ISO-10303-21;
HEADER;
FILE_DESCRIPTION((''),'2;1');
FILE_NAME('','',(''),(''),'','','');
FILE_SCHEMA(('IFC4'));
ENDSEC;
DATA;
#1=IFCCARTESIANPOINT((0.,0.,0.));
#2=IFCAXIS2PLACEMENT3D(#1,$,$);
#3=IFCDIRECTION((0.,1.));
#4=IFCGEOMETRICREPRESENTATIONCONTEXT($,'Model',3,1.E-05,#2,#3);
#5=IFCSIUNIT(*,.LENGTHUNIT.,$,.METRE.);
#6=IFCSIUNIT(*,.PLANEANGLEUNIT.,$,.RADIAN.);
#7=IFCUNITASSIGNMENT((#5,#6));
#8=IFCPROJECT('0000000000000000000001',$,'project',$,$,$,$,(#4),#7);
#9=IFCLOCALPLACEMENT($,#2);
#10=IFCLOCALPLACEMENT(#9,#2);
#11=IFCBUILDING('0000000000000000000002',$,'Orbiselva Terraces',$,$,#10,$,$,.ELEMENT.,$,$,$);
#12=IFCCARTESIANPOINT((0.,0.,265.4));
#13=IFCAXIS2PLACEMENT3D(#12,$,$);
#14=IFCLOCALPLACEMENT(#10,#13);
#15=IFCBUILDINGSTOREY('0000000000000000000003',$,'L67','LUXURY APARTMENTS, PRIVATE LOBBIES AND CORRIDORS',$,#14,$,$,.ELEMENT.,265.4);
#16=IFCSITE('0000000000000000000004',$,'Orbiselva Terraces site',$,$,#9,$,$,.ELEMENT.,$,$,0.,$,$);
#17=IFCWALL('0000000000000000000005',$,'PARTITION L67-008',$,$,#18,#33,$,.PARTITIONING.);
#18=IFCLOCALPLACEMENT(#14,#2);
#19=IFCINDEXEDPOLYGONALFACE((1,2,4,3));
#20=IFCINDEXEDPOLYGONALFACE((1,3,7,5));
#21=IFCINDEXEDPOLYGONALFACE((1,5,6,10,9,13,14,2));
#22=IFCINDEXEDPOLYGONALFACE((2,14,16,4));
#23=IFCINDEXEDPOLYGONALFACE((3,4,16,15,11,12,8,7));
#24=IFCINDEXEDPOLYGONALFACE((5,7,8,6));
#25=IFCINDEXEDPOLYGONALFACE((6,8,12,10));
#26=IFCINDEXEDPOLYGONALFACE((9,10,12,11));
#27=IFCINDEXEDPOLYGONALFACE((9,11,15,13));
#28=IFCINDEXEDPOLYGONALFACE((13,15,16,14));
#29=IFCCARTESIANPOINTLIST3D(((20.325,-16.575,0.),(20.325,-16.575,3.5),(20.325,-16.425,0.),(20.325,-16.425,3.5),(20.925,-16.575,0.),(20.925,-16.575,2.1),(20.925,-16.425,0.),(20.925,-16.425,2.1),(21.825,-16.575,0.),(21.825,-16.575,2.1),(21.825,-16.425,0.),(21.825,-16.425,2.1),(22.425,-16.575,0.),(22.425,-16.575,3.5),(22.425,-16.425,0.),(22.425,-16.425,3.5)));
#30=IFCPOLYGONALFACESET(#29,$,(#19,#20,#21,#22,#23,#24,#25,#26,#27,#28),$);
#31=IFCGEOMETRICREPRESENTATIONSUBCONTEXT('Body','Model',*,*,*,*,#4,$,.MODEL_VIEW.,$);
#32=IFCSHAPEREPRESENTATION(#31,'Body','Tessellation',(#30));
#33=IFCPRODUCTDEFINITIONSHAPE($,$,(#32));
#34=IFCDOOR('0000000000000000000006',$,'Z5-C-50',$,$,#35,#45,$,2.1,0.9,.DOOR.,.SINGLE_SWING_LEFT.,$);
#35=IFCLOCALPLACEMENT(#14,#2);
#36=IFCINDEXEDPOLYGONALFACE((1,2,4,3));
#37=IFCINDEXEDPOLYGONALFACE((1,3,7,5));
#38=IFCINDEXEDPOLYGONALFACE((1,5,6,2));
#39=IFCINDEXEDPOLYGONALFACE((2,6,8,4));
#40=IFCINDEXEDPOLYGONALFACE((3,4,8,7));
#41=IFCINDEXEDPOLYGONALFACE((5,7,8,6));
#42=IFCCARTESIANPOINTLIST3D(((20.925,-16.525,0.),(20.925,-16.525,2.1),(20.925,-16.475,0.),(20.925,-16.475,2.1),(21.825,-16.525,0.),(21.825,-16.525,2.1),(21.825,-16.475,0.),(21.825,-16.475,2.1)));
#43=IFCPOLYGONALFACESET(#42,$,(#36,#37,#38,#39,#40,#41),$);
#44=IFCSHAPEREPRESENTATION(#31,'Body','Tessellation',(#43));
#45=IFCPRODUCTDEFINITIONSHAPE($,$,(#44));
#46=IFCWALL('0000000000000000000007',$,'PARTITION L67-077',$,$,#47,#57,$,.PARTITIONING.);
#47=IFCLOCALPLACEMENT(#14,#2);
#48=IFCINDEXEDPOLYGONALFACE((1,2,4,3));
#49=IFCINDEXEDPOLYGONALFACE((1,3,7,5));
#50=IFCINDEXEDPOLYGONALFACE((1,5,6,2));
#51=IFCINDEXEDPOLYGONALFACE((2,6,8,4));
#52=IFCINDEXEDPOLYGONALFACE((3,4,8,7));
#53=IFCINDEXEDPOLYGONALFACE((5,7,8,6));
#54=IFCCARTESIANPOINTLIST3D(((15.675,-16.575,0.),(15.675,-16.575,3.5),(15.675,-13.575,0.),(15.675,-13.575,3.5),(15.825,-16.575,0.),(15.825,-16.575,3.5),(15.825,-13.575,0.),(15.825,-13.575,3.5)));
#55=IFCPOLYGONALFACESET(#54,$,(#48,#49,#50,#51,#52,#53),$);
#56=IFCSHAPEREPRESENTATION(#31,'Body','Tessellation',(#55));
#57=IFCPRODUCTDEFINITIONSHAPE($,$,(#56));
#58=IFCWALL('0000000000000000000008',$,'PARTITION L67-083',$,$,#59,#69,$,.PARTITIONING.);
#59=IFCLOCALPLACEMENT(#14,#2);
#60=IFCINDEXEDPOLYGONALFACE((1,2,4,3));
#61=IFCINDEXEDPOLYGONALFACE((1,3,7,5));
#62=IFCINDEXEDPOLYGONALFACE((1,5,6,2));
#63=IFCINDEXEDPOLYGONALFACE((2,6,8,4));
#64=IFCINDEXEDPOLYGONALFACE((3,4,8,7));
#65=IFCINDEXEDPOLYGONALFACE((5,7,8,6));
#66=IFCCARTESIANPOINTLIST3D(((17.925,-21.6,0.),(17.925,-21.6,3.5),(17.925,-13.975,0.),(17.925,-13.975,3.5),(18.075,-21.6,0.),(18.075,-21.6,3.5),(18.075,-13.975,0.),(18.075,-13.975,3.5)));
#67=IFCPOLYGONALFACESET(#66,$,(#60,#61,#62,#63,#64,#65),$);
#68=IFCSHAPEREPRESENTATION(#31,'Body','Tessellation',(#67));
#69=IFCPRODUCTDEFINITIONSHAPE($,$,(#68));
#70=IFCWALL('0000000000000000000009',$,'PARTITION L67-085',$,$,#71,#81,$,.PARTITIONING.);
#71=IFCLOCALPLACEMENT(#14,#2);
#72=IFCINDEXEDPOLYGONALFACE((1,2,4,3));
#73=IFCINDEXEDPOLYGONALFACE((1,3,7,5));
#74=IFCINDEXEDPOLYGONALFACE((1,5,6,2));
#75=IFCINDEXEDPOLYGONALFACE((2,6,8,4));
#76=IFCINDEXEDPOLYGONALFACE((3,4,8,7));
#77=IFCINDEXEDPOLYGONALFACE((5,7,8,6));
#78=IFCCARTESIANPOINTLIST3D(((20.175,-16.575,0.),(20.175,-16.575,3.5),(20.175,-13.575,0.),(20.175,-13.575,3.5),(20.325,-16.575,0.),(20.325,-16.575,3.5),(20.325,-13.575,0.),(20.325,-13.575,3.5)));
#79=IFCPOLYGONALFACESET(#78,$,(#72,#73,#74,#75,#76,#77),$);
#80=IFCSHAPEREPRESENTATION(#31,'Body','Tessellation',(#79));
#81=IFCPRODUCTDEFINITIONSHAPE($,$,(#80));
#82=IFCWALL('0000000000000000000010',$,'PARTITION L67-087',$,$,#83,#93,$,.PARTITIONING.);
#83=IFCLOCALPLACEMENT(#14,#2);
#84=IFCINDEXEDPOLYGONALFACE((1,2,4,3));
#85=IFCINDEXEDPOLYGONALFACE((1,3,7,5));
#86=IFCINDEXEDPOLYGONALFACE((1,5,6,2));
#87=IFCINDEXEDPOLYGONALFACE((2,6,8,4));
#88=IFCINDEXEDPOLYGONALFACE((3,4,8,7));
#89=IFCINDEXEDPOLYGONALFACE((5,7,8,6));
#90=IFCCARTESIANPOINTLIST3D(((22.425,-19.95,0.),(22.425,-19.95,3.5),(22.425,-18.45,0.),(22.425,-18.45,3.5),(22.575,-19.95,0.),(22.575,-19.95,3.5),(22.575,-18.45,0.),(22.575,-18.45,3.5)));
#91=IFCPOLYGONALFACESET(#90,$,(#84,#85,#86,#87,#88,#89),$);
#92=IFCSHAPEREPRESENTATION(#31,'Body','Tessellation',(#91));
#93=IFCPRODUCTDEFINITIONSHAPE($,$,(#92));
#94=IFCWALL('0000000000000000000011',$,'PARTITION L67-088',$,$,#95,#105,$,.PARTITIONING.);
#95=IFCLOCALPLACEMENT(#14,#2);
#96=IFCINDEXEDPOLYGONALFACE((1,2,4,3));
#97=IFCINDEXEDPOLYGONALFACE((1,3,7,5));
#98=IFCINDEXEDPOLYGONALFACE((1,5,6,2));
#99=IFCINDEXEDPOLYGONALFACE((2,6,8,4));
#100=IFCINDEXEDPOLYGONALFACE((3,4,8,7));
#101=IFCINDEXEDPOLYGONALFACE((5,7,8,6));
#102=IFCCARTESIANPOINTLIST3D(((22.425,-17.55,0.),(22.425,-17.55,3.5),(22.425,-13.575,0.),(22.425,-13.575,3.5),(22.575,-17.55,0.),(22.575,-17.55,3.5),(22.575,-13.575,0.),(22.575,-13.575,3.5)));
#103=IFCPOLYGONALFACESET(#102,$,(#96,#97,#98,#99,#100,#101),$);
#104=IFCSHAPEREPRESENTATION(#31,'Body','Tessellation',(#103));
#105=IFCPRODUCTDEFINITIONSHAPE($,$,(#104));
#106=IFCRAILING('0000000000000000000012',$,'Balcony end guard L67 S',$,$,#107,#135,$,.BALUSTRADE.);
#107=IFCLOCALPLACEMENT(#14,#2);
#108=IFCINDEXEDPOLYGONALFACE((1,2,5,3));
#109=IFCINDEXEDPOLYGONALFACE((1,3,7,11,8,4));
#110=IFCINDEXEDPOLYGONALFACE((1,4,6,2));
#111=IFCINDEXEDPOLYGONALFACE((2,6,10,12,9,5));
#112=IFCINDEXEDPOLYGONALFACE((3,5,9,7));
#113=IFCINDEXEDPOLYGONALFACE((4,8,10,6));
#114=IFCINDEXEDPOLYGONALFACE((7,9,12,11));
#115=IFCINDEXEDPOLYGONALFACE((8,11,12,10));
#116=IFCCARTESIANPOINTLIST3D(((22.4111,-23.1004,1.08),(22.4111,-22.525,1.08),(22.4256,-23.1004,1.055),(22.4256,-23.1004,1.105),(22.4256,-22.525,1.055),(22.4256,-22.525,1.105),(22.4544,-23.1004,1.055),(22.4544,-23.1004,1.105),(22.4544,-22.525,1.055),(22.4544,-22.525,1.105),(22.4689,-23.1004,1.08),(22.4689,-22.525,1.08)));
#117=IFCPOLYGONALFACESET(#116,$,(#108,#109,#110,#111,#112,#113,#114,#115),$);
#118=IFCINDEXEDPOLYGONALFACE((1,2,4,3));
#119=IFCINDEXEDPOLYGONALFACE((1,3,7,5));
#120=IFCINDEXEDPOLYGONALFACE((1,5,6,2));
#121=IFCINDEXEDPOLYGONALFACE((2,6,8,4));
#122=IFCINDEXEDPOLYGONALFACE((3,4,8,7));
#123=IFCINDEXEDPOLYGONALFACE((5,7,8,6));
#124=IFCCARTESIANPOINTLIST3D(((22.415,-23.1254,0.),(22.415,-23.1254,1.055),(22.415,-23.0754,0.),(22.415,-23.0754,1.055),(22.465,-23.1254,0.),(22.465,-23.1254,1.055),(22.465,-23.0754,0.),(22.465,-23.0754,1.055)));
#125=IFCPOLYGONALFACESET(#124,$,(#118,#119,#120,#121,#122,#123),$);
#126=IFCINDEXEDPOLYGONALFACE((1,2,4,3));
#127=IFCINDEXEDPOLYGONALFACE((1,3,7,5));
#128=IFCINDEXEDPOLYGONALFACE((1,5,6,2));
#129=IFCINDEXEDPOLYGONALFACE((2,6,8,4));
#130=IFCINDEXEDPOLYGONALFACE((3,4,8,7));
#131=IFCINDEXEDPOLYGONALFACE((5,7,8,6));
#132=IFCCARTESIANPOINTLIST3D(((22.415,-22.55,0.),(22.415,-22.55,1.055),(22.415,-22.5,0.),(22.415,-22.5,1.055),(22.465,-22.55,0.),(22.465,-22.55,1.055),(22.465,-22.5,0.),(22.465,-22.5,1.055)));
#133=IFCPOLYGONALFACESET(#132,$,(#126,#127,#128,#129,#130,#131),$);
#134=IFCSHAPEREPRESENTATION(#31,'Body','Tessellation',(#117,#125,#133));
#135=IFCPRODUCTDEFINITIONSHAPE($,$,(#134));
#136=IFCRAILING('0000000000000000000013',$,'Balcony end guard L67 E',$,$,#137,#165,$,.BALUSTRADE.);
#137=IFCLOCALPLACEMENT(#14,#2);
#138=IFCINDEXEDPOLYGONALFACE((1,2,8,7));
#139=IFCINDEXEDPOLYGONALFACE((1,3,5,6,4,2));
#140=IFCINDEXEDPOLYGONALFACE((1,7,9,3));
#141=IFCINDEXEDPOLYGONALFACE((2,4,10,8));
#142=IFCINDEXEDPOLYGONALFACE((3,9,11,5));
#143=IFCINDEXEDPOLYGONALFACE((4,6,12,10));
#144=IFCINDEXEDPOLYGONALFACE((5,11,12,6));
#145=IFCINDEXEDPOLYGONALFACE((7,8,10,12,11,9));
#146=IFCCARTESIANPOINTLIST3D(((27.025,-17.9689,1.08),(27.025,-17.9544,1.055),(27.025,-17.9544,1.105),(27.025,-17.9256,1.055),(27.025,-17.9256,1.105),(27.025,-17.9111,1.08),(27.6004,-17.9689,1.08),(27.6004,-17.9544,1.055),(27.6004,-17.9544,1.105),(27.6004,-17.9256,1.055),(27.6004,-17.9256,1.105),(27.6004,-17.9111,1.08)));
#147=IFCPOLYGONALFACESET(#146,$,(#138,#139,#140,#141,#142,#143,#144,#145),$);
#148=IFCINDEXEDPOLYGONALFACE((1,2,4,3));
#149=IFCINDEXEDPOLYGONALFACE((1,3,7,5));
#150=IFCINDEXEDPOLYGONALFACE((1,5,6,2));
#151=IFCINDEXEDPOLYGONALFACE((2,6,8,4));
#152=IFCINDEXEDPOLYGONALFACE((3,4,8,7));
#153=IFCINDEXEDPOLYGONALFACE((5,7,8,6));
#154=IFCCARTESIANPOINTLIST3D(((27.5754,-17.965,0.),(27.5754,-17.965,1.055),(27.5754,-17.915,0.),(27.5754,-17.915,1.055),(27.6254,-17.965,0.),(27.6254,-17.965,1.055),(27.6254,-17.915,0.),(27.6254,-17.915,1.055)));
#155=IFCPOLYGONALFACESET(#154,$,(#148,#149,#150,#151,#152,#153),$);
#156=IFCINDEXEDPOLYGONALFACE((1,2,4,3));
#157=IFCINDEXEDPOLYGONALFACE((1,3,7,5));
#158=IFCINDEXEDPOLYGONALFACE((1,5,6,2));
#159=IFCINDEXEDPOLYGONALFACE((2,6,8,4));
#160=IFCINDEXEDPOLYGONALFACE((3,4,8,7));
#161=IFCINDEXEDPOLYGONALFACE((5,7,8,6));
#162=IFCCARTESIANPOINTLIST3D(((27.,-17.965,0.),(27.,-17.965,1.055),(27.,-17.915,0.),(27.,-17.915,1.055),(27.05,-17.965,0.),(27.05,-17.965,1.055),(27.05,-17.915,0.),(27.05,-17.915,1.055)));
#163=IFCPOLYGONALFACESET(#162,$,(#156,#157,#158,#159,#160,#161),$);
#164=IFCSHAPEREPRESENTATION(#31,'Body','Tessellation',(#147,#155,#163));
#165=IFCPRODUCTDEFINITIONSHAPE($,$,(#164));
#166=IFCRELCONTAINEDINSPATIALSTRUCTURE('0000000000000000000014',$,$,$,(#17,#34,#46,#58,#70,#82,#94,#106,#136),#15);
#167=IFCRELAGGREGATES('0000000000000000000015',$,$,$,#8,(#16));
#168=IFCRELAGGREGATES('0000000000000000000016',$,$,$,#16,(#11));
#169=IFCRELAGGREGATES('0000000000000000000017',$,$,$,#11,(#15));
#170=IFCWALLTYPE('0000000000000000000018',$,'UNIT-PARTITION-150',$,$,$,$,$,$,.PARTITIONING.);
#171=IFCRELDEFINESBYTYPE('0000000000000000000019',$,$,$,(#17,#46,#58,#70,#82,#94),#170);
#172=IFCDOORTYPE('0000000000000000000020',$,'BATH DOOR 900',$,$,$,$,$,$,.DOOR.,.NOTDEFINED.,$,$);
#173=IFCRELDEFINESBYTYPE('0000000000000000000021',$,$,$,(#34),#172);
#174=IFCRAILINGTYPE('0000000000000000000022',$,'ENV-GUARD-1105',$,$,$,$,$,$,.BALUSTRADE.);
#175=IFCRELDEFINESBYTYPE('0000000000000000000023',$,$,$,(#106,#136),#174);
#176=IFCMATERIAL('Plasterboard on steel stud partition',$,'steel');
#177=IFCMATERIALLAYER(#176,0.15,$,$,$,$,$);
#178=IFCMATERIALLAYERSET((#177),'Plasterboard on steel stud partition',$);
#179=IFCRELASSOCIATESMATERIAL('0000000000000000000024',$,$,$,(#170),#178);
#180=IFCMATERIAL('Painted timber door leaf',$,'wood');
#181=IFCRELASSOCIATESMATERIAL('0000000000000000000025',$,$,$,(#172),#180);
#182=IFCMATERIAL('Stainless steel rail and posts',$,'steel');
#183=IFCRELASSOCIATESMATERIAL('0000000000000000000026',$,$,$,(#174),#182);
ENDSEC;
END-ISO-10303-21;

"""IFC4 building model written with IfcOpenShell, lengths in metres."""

from ifc_helpers import new_model, si_unit, direction, frame, frame_2d, origin, origin_2d, place, context, subcontext, project, spatial, polyline, rectangle, outline, extrude, material, layer, layer_set, type_object, element, fill, save


model = new_model("IFC4")

# Units and contexts
model_context = context("Model", 3, precision=1e-05, world=origin(), true_north=direction((0.0, 1.0)))
body_context = subcontext(model_context, "Body", "Model", "MODEL_VIEW")
ifc_project = project(units=[si_unit("LENGTHUNIT", "METRE"), si_unit("PLANEANGLEUNIT", "RADIAN")], contexts=[model_context])

# Site, building, storey
site_placement = place(None, origin())
site = spatial("IfcSite", under=ifc_project, at=site_placement, Name="Orbiselva Terraces site", CompositionType="ELEMENT", RefElevation=0.0)
building_placement = place(site_placement, origin())
building = spatial("IfcBuilding", under=site, at=building_placement, Name="Orbiselva Terraces", CompositionType="ELEMENT")
storey_placement = place(building_placement, frame((0.0, 0.0, 265.4)))
storey = spatial("IfcBuildingStorey", under=building, at=storey_placement, Name="L67", Description="LUXURY APARTMENTS, PRIVATE LOBBIES AND CORRIDORS", CompositionType="ELEMENT", Elevation=265.4)

# Wall, opening, door
ifc_material_1 = material(Name="Plasterboard on steel stud partition", Category="steel")
ifc_layer_1 = layer(ifc_material_1, 0.15)
ifc_layer_set_1 = layer_set([ifc_layer_1], Name="Plasterboard on steel stud partition")
wall_type_1 = type_object("IfcWallType", Name="UNIT-PARTITION-150", PredefinedType="PARTITIONING", material=ifc_layer_set_1)
wall_1_placement = place(storey_placement, frame((20.325, -16.5, 0.0), z_axis=(0.0, 0.0, 1.0), x_axis=(1.0, 0.0, 0.0)))
wall_1 = element("IfcWall", 1, at=wall_1_placement, inside=storey, type_object=wall_type_1, Name="PARTITION L67-008", PredefinedType="PARTITIONING", context=body_context, shape_type="SweptSolid", body=[
    extrude(rectangle(XDim=2.1, YDim=0.15, at=frame_2d((1.05, 0.0))), origin(), (0.0, 0.0, 1.0), 3.5),
])
opening_1_placement = place(wall_1_placement, frame((0.6, 0.0, 0.0)))
opening_1 = element("IfcOpeningElement", 2, at=opening_1_placement, cuts=wall_1, PredefinedType="OPENING", context=body_context, shape_type="SweptSolid", body=[
    extrude(rectangle(XDim=0.9, YDim=2.1, at=frame_2d((0.45, 1.05))), frame((0.0, 0.085, 0.0), z_axis=(0.0, -1.0, 0.0), x_axis=(1.0, 0.0, 0.0)), (0.0, 0.0, 1.0), 0.17),
])
ifc_material_2 = material(Name="Painted timber door leaf", Category="wood")
door_type_1 = type_object("IfcDoorType", Name="BATH DOOR 900", OperationType="NOTDEFINED", PredefinedType="DOOR", material=ifc_material_2)
door_1_placement = place(opening_1_placement, origin())
door_1 = element("IfcDoor", 3, at=door_1_placement, inside=storey, type_object=door_type_1, Name="Z5-C-50", OperationType="SINGLE_SWING_LEFT", OverallHeight=2.1, OverallWidth=0.9, PredefinedType="DOOR", context=body_context, shape_type="SweptSolid", body=[
    extrude(rectangle(XDim=0.9, YDim=2.1, at=frame_2d((0.45, 1.05))), frame((0.0, 0.025, 0.0), z_axis=(0.0, -1.0, 0.0), x_axis=(1.0, 0.0, 0.0)), (0.0, 0.0, 1.0), 0.05),
])
fill(opening_1, door_1)

# Walls
wall_2_placement = place(storey_placement, frame((15.75, -16.575, 0.0), z_axis=(0.0, 0.0, 1.0), x_axis=(0.0, 1.0, 0.0)))
element("IfcWall", 4, at=wall_2_placement, inside=storey, type_object=wall_type_1, Name="PARTITION L67-077", PredefinedType="PARTITIONING", context=body_context, shape_type="SweptSolid", body=[
    extrude(rectangle(XDim=3.0, YDim=0.15, at=frame_2d((1.5, 0.0))), origin(), (0.0, 0.0, 1.0), 3.5),
])
wall_3_placement = place(storey_placement, frame((18.0, -21.6, 0.0), z_axis=(0.0, 0.0, 1.0), x_axis=(0.0, 1.0, 0.0)))
element("IfcWall", 5, at=wall_3_placement, inside=storey, type_object=wall_type_1, Name="PARTITION L67-083", PredefinedType="PARTITIONING", context=body_context, shape_type="SweptSolid", body=[
    extrude(rectangle(XDim=7.625, YDim=0.15, at=frame_2d((3.8125, 0.0))), origin(), (0.0, 0.0, 1.0), 3.5),
])
wall_4_placement = place(storey_placement, frame((20.25, -16.575, 0.0), z_axis=(0.0, 0.0, 1.0), x_axis=(0.0, 1.0, 0.0)))
element("IfcWall", 6, at=wall_4_placement, inside=storey, type_object=wall_type_1, Name="PARTITION L67-085", PredefinedType="PARTITIONING", context=body_context, shape_type="SweptSolid", body=[
    extrude(rectangle(XDim=3.0, YDim=0.15, at=frame_2d((1.5, 0.0))), origin(), (0.0, 0.0, 1.0), 3.5),
])
wall_5_placement = place(storey_placement, frame((22.5, -19.95, 0.0), z_axis=(0.0, 0.0, 1.0), x_axis=(0.0, 1.0, 0.0)))
element("IfcWall", 7, at=wall_5_placement, inside=storey, type_object=wall_type_1, Name="PARTITION L67-087", PredefinedType="PARTITIONING", context=body_context, shape_type="SweptSolid", body=[
    extrude(rectangle(XDim=1.5, YDim=0.15, at=frame_2d((0.75, 0.0))), origin(), (0.0, 0.0, 1.0), 3.5),
])
wall_6_placement = place(storey_placement, frame((22.5, -17.55, 0.0), z_axis=(0.0, 0.0, 1.0), x_axis=(0.0, 1.0, 0.0)))
element("IfcWall", 8, at=wall_6_placement, inside=storey, type_object=wall_type_1, Name="PARTITION L67-088", PredefinedType="PARTITIONING", context=body_context, shape_type="SweptSolid", body=[
    extrude(rectangle(XDim=3.975, YDim=0.15, at=frame_2d((1.9875, 0.0))), origin(), (0.0, 0.0, 1.0), 3.5),
])

# Railings
ifc_material_3 = material(Name="Stainless steel rail and posts", Category="steel")
railing_type_1 = type_object("IfcRailingType", Name="ENV-GUARD-1105", PredefinedType="BALUSTRADE", material=ifc_material_3)
railing_1_placement = place(storey_placement, frame((22.44, -23.1004, 0.0)))
element("IfcRailing", 9, at=railing_1_placement, inside=storey, type_object=railing_type_1, Name="Balcony end guard L67 S", PredefinedType="BALUSTRADE", context=body_context, shape_type="SweptSolid", body=[
    extrude(outline(polyline([(0.0289, 0.0), (0.0144, 0.025), (-0.0144, 0.025), (-0.0289, 0.0), (-0.0144, -0.025), (0.0144, -0.025), (0.0289, 0.0)])), frame((0.0, 0.0, 1.08), z_axis=(0.0, 1.0, 0.0), x_axis=(-1.0, 0.0, 0.0)), (0.0, 0.0, 1.0), 0.5754),
    extrude(rectangle(XDim=0.05, YDim=0.05, at=origin_2d()), origin(), (0.0, 0.0, 1.0), 1.055),
    extrude(rectangle(XDim=0.05, YDim=0.05, at=origin_2d()), frame((0.0, 0.5754, 0.0)), (0.0, 0.0, 1.0), 1.055),
])
railing_2_placement = place(storey_placement, frame((27.6004, -17.94, 0.0)))
element("IfcRailing", 10, at=railing_2_placement, inside=storey, type_object=railing_type_1, Name="Balcony end guard L67 E", PredefinedType="BALUSTRADE", context=body_context, shape_type="SweptSolid", body=[
    extrude(outline(polyline([(0.0289, 0.0), (0.0144, 0.025), (-0.0144, 0.025), (-0.0289, 0.0), (-0.0144, -0.025), (0.0144, -0.025), (0.0289, 0.0)])), frame((0.0, 0.0, 1.08), z_axis=(-1.0, 0.0, 0.0), x_axis=(0.0, -1.0, 0.0)), (0.0, 0.0, 1.0), 0.5754),
    extrude(rectangle(XDim=0.05, YDim=0.05, at=origin_2d()), origin(), (0.0, 0.0, 1.0), 1.055),
    extrude(rectangle(XDim=0.05, YDim=0.05, at=origin_2d()), frame((-0.5754, 0.0, 0.0)), (0.0, 0.0, 1.0), 1.055),
])

save(model, "model.ifc")
